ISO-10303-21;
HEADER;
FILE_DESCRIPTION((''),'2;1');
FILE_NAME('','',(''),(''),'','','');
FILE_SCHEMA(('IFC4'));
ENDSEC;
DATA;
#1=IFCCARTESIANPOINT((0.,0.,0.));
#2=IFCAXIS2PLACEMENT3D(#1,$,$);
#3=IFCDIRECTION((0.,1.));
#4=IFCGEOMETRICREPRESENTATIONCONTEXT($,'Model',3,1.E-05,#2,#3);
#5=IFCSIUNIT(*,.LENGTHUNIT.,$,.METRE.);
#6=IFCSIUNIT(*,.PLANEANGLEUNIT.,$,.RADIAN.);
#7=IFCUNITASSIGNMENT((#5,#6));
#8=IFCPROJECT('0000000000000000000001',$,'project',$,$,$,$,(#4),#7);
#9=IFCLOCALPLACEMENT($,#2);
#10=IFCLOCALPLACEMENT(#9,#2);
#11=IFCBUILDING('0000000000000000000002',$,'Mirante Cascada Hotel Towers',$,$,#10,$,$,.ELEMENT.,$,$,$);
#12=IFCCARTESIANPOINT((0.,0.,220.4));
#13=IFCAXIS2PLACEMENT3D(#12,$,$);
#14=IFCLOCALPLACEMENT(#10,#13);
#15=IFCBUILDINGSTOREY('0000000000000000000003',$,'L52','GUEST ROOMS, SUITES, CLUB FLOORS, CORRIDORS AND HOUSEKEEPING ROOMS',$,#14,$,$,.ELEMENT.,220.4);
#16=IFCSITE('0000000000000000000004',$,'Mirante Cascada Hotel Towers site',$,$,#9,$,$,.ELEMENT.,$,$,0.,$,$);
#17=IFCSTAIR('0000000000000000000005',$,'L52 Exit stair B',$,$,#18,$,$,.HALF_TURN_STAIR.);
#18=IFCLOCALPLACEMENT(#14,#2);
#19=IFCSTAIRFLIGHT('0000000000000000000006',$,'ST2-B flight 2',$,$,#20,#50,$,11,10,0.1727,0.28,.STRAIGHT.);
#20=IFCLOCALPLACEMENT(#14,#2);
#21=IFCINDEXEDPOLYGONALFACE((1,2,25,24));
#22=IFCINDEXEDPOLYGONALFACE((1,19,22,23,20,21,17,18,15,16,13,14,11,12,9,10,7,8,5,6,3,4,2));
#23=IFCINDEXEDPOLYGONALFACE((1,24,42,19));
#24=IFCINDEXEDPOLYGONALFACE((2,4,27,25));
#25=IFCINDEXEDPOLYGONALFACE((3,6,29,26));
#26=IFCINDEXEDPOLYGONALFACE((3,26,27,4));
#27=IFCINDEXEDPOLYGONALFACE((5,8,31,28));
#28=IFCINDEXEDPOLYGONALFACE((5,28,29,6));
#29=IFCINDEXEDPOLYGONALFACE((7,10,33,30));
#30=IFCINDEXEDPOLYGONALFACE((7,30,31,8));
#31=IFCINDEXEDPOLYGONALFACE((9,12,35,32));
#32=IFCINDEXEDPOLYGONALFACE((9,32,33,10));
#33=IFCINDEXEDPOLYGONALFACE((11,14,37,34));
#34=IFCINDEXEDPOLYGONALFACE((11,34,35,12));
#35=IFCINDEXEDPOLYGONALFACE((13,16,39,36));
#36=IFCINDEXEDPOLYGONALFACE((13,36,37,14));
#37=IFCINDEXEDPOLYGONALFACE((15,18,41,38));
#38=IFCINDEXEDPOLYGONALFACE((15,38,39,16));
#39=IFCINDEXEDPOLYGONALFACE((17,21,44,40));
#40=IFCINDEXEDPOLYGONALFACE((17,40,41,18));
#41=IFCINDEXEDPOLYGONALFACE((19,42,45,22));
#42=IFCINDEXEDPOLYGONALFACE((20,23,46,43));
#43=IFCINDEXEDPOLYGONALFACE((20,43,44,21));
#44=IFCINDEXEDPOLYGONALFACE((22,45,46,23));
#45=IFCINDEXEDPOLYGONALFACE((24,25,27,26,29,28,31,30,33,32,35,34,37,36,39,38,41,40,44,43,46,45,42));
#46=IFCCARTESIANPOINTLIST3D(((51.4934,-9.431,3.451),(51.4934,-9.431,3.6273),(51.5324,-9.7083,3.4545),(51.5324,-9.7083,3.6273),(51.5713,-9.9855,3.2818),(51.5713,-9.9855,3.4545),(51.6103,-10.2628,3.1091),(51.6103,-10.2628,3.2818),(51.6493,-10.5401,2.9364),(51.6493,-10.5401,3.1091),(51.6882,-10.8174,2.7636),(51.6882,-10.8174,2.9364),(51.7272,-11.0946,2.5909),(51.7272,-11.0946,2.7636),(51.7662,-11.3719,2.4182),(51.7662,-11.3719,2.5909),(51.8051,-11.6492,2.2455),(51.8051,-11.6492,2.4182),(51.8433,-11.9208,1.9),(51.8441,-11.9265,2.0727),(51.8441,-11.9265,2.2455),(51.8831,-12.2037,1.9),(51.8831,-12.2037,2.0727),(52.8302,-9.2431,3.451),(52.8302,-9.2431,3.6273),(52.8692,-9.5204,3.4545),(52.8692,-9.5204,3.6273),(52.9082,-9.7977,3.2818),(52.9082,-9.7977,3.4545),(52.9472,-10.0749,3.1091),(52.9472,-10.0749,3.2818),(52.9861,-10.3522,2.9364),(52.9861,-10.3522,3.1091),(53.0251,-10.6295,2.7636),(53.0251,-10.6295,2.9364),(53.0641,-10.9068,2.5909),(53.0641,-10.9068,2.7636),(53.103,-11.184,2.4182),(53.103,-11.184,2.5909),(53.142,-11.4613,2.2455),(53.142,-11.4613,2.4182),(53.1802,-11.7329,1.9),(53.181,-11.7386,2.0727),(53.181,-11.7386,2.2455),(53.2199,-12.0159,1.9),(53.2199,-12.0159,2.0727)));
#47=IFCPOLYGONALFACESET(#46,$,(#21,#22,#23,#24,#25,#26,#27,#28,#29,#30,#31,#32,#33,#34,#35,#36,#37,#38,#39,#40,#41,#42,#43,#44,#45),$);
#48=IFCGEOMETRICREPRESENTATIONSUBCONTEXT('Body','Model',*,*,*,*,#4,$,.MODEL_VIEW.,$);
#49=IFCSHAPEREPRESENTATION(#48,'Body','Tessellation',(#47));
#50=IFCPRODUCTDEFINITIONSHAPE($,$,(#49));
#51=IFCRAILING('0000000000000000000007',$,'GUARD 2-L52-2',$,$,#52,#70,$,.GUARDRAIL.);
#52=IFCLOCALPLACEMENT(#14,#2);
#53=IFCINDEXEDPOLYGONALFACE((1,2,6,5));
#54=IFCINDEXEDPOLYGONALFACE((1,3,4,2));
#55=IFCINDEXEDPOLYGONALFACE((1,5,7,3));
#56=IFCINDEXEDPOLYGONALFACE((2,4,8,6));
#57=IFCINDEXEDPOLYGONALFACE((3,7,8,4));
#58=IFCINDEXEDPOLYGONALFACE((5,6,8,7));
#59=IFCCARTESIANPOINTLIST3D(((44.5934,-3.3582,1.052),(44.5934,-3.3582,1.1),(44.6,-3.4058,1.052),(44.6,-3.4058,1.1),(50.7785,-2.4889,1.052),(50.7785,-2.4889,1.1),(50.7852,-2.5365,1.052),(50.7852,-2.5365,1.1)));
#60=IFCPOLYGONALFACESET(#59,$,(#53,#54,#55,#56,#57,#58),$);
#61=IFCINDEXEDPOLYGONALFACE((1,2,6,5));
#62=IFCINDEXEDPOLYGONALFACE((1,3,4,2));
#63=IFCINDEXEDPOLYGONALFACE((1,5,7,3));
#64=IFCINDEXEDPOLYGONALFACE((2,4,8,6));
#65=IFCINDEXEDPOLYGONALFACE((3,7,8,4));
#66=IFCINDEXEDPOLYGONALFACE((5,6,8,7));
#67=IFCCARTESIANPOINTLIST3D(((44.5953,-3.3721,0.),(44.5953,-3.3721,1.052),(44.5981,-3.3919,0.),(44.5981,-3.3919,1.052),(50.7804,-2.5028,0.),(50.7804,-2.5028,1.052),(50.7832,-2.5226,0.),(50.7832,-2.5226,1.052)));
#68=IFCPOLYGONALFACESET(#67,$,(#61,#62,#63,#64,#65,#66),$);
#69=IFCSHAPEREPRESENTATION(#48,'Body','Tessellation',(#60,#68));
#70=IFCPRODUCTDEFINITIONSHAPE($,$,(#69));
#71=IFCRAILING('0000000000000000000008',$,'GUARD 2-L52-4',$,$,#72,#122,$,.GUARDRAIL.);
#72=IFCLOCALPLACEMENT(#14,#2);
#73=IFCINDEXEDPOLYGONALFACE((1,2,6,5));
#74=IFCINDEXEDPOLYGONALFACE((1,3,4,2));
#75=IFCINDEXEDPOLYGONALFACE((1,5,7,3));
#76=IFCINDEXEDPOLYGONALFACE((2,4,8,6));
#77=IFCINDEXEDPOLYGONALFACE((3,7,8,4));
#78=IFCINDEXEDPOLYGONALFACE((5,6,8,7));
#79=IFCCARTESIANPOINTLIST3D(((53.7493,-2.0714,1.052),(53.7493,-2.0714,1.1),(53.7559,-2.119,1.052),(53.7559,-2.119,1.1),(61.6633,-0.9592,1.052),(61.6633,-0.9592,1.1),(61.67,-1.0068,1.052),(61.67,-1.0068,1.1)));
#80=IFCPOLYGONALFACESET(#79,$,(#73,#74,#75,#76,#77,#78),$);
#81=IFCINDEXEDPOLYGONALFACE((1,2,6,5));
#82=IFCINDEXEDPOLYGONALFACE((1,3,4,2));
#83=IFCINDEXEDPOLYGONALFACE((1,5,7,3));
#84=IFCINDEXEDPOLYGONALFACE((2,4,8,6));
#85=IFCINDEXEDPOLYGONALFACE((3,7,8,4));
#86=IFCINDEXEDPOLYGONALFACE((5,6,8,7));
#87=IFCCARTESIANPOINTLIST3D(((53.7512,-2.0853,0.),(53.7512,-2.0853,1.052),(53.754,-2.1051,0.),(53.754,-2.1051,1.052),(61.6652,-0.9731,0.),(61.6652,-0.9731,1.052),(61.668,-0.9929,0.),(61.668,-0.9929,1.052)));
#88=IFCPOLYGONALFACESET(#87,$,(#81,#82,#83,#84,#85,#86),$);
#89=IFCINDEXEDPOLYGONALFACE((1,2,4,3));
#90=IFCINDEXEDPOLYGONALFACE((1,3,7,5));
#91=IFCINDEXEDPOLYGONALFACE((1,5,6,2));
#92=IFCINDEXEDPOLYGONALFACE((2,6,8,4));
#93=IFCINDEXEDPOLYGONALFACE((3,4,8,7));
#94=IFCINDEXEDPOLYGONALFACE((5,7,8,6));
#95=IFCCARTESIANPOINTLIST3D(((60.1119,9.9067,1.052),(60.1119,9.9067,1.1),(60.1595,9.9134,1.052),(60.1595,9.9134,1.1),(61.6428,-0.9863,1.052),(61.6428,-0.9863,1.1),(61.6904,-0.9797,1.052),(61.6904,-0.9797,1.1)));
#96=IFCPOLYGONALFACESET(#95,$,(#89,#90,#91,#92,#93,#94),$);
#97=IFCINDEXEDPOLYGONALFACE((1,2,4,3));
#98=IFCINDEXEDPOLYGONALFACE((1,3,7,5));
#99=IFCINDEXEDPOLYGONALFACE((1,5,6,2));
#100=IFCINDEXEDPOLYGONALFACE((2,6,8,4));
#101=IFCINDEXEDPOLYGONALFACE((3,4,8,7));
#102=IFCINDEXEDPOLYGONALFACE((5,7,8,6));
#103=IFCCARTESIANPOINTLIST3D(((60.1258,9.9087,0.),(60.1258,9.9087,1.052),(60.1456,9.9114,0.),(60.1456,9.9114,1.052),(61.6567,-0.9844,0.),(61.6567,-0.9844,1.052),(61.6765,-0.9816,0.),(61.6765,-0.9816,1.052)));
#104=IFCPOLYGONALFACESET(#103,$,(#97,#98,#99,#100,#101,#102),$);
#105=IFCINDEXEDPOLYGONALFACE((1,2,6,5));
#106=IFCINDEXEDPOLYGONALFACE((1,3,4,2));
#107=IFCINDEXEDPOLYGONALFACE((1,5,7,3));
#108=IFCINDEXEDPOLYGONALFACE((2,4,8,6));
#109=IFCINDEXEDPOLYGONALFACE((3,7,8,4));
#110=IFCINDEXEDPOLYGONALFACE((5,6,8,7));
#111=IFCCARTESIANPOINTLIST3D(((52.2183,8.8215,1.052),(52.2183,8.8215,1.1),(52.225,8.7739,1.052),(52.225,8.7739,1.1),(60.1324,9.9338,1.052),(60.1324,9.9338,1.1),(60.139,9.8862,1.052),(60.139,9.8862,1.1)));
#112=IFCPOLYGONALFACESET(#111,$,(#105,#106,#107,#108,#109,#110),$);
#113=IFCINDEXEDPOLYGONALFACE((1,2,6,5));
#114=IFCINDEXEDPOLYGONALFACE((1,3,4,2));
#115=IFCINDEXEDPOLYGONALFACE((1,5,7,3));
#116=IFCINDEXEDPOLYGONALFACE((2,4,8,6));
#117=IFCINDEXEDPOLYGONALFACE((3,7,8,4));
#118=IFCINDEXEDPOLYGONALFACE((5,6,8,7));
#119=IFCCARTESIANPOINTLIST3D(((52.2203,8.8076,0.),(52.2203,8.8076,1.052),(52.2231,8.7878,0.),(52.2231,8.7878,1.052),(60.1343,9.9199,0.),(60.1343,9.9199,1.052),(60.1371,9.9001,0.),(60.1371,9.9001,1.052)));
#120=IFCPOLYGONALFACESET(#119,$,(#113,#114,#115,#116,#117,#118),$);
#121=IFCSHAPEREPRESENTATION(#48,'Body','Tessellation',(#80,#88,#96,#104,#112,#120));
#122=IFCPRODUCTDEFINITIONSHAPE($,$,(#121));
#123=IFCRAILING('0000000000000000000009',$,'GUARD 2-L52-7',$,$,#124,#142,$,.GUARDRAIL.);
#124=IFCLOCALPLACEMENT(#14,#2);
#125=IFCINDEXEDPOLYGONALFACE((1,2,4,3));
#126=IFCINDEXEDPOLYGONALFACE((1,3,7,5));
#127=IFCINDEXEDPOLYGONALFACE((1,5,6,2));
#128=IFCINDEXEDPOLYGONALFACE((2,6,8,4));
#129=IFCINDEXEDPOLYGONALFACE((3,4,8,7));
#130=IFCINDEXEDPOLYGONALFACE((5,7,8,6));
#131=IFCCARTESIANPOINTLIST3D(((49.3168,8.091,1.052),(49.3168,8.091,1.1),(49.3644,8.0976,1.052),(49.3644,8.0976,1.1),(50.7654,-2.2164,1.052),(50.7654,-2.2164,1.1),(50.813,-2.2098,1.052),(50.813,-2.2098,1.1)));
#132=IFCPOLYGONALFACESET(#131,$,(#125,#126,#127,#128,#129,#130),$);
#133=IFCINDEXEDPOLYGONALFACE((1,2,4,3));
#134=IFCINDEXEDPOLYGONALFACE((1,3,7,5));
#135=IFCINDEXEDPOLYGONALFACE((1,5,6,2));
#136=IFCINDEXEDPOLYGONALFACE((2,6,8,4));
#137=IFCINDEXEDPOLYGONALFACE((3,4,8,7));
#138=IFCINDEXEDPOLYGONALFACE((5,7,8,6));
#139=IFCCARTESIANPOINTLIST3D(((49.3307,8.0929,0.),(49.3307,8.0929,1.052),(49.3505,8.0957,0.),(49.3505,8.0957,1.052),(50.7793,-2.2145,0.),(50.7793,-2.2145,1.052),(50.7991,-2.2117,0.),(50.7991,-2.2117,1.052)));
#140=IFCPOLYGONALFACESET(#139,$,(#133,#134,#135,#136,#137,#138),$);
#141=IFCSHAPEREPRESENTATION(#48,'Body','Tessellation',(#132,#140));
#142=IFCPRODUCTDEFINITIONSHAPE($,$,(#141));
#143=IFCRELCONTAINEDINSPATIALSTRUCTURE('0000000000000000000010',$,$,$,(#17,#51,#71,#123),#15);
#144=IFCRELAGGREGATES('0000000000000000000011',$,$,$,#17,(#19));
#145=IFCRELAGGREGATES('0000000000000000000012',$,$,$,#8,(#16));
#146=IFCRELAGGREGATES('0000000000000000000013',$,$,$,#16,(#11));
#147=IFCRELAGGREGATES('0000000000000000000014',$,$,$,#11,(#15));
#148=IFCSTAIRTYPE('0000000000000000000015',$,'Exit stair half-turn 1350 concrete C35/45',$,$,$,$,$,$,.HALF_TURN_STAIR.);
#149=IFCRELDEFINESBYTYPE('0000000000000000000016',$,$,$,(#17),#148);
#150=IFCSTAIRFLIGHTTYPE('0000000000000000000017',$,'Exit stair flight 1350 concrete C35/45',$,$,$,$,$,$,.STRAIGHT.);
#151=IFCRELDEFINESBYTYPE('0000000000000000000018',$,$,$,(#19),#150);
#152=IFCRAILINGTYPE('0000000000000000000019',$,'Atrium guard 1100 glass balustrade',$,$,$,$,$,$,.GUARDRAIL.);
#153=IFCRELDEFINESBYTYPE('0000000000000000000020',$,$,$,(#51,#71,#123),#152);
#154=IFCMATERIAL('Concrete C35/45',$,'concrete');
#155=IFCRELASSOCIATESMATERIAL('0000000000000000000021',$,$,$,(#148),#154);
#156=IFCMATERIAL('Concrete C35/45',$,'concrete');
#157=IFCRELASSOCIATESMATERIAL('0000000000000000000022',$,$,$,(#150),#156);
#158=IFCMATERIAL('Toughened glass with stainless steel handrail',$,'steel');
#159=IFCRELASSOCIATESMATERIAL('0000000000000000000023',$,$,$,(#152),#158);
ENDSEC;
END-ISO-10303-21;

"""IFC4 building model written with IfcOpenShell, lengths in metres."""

from ifc_helpers import new_model, si_unit, direction, frame, origin, origin_2d, place, context, subcontext, project, spatial, polyline, rectangle, outline, extrude, material, type_object, element, aggregate, save


model = new_model("IFC4")

# Units and contexts
model_context = context("Model", 3, precision=1e-05, world=origin(), true_north=direction((0.0, 1.0)))
body_context = subcontext(model_context, "Body", "Model", "MODEL_VIEW")
ifc_project = project(units=[si_unit("LENGTHUNIT", "METRE"), si_unit("PLANEANGLEUNIT", "RADIAN")], contexts=[model_context])

# Site, building, storey
site_placement = place(None, origin())
site = spatial("IfcSite", under=ifc_project, at=site_placement, Name="Mirante Cascada Hotel Towers site", CompositionType="ELEMENT", RefElevation=0.0)
building_placement = place(site_placement, origin())
building = spatial("IfcBuilding", under=site, at=building_placement, Name="Mirante Cascada Hotel Towers", CompositionType="ELEMENT")
storey_placement = place(building_placement, frame((0.0, 0.0, 220.4)))
storey = spatial("IfcBuildingStorey", under=building, at=storey_placement, Name="L52", Description="GUEST ROOMS, SUITES, CLUB FLOORS, CORRIDORS AND HOUSEKEEPING ROOMS", CompositionType="ELEMENT", Elevation=220.4)

# Stair, stair flight
ifc_material_1 = material(Name="Concrete C35/45", Category="concrete")
stair_type = type_object("IfcStairType", Name="Exit stair half-turn 1350 concrete C35/45", PredefinedType="HALF_TURN_STAIR", material=ifc_material_1)
stair_placement = place(storey_placement, origin())
stair = element("IfcStair", 1, at=stair_placement, inside=storey, type_object=stair_type, Name="L52 Exit stair B", PredefinedType="HALF_TURN_STAIR")
ifc_material_2 = material(Name="Concrete C35/45", Category="concrete")
stair_flight_type = type_object("IfcStairFlightType", Name="Exit stair flight 1350 concrete C35/45", PredefinedType="STRAIGHT", material=ifc_material_2)
stair_flight_1_placement = place(storey_placement, frame((52.5515, -12.1098, 1.9), z_axis=(0.0, 0.0, 1.0), x_axis=(-0.139173, 0.990268, 0.0)))
stair_flight_1 = element("IfcStairFlight", 2, at=stair_flight_1_placement, type_object=stair_flight_type, Name="ST2-B flight 2", NumberOfRisers=11, NumberOfTreads=10, PredefinedType="STRAIGHT", RiserHeight=0.1727, TreadLength=0.28, context=body_context, shape_type="SweptSolid", body=[
    extrude(outline(polyline([(0.0, 0.0), (0.0, 0.1727), (0.28, 0.1727), (0.28, 0.3455), (0.56, 0.3455), (0.56, 0.5182), (0.84, 0.5182), (0.84, 0.6909), (1.12, 0.6909), (1.12, 0.8636), (1.4, 0.8636), (1.4, 1.0364), (1.68, 1.0364), (1.68, 1.2091), (1.96, 1.2091), (1.96, 1.3818), (2.24, 1.3818), (2.24, 1.5545), (2.52, 1.5545), (2.52, 1.7273), (2.8, 1.7273), (2.8, 1.9), (2.8, 1.551), (0.2857, 0.0), (0.0, 0.0)])), frame((0.0, 0.675, 0.0), z_axis=(0.0, -1.0, 0.0), x_axis=(1.0, 0.0, 0.0)), (0.0, 0.0, 1.0), 1.35),
])
aggregate(stair, [stair_flight_1])

# Railings
ifc_material_3 = material(Name="Toughened glass with stainless steel handrail", Category="steel")
railing_type_1 = type_object("IfcRailingType", Name="Atrium guard 1100 glass balustrade", PredefinedType="GUARDRAIL", material=ifc_material_3)
railing_1_placement = place(storey_placement, frame((44.5967, -3.382, 0.0)))
element("IfcRailing", 3, at=railing_1_placement, inside=storey, type_object=railing_type_1, Name="GUARD 2-L52-2", PredefinedType="GUARDRAIL", context=body_context, shape_type="SweptSolid", body=[
    extrude(rectangle(XDim=0.048, YDim=0.048, at=origin_2d()), frame((0.0, 0.0, 1.076), z_axis=(0.990267, 0.13918, 0.0), x_axis=(-0.13918, 0.990267, 0.0)), (0.0, 0.0, 1.0), 6.2459),
    extrude(rectangle(XDim=0.02, YDim=1.052, at=origin_2d()), frame((0.0, 0.0, 0.526), z_axis=(0.990267, 0.13918, 0.0), x_axis=(-0.13918, 0.990267, 0.0)), (0.0, 0.0, 1.0), 6.2459),
])
railing_2_placement = place(storey_placement, frame((53.7526, -2.0952, 0.0)))
element("IfcRailing", 4, at=railing_2_placement, inside=storey, type_object=railing_type_1, Name="GUARD 2-L52-4", PredefinedType="GUARDRAIL", context=body_context, shape_type="SweptSolid", body=[
    extrude(rectangle(XDim=0.048, YDim=0.048, at=origin_2d()), frame((0.0, 0.0, 1.076), z_axis=(0.990269, 0.139168, 0.0), x_axis=(-0.139168, 0.990269, 0.0)), (0.0, 0.0, 1.0), 7.9918),
    extrude(rectangle(XDim=0.02, YDim=1.052, at=origin_2d()), frame((0.0, 0.0, 0.526), z_axis=(0.990269, 0.139168, 0.0), x_axis=(-0.139168, 0.990269, 0.0)), (0.0, 0.0, 1.0), 7.9918),
    extrude(rectangle(XDim=0.048, YDim=0.048, at=origin_2d()), frame((7.914, 1.1122, 1.076), z_axis=(-0.139172, 0.990268, 0.0), x_axis=(-0.990268, -0.139172, 0.0)), (0.0, 0.0, 1.0), 11.0001),
    extrude(rectangle(XDim=0.02, YDim=1.052, at=origin_2d()), frame((7.914, 1.1122, 0.526), z_axis=(-0.139172, 0.990268, 0.0), x_axis=(-0.990268, -0.139172, 0.0)), (0.0, 0.0, 1.0), 11.0001),
    extrude(rectangle(XDim=0.048, YDim=0.048, at=origin_2d()), frame((6.3831, 12.0052, 1.076), z_axis=(-0.990267, -0.13918, 0.0), x_axis=(0.13918, -0.990267, 0.0)), (0.0, 0.0, 1.0), 7.9918),
    extrude(rectangle(XDim=0.02, YDim=1.052, at=origin_2d()), frame((6.3831, 12.0052, 0.526), z_axis=(-0.990267, -0.13918, 0.0), x_axis=(0.13918, -0.990267, 0.0)), (0.0, 0.0, 1.0), 7.9918),
])
railing_3_placement = place(storey_placement, frame((50.7892, -2.2131, 0.0)))
element("IfcRailing", 5, at=railing_3_placement, inside=storey, type_object=railing_type_1, Name="GUARD 2-L52-7", PredefinedType="GUARDRAIL", context=body_context, shape_type="SweptSolid", body=[
    extrude(rectangle(XDim=0.048, YDim=0.048, at=origin_2d()), frame((0.0, 0.0, 1.076), z_axis=(-0.139172, 0.990268, 0.0), x_axis=(-0.990268, -0.139172, 0.0)), (0.0, 0.0, 1.0), 10.4087),
    extrude(rectangle(XDim=0.02, YDim=1.052, at=origin_2d()), frame((0.0, 0.0, 0.526), z_axis=(-0.139172, 0.990268, 0.0), x_axis=(-0.990268, -0.139172, 0.0)), (0.0, 0.0, 1.0), 10.4087),
])

save(model, "model.ifc")
